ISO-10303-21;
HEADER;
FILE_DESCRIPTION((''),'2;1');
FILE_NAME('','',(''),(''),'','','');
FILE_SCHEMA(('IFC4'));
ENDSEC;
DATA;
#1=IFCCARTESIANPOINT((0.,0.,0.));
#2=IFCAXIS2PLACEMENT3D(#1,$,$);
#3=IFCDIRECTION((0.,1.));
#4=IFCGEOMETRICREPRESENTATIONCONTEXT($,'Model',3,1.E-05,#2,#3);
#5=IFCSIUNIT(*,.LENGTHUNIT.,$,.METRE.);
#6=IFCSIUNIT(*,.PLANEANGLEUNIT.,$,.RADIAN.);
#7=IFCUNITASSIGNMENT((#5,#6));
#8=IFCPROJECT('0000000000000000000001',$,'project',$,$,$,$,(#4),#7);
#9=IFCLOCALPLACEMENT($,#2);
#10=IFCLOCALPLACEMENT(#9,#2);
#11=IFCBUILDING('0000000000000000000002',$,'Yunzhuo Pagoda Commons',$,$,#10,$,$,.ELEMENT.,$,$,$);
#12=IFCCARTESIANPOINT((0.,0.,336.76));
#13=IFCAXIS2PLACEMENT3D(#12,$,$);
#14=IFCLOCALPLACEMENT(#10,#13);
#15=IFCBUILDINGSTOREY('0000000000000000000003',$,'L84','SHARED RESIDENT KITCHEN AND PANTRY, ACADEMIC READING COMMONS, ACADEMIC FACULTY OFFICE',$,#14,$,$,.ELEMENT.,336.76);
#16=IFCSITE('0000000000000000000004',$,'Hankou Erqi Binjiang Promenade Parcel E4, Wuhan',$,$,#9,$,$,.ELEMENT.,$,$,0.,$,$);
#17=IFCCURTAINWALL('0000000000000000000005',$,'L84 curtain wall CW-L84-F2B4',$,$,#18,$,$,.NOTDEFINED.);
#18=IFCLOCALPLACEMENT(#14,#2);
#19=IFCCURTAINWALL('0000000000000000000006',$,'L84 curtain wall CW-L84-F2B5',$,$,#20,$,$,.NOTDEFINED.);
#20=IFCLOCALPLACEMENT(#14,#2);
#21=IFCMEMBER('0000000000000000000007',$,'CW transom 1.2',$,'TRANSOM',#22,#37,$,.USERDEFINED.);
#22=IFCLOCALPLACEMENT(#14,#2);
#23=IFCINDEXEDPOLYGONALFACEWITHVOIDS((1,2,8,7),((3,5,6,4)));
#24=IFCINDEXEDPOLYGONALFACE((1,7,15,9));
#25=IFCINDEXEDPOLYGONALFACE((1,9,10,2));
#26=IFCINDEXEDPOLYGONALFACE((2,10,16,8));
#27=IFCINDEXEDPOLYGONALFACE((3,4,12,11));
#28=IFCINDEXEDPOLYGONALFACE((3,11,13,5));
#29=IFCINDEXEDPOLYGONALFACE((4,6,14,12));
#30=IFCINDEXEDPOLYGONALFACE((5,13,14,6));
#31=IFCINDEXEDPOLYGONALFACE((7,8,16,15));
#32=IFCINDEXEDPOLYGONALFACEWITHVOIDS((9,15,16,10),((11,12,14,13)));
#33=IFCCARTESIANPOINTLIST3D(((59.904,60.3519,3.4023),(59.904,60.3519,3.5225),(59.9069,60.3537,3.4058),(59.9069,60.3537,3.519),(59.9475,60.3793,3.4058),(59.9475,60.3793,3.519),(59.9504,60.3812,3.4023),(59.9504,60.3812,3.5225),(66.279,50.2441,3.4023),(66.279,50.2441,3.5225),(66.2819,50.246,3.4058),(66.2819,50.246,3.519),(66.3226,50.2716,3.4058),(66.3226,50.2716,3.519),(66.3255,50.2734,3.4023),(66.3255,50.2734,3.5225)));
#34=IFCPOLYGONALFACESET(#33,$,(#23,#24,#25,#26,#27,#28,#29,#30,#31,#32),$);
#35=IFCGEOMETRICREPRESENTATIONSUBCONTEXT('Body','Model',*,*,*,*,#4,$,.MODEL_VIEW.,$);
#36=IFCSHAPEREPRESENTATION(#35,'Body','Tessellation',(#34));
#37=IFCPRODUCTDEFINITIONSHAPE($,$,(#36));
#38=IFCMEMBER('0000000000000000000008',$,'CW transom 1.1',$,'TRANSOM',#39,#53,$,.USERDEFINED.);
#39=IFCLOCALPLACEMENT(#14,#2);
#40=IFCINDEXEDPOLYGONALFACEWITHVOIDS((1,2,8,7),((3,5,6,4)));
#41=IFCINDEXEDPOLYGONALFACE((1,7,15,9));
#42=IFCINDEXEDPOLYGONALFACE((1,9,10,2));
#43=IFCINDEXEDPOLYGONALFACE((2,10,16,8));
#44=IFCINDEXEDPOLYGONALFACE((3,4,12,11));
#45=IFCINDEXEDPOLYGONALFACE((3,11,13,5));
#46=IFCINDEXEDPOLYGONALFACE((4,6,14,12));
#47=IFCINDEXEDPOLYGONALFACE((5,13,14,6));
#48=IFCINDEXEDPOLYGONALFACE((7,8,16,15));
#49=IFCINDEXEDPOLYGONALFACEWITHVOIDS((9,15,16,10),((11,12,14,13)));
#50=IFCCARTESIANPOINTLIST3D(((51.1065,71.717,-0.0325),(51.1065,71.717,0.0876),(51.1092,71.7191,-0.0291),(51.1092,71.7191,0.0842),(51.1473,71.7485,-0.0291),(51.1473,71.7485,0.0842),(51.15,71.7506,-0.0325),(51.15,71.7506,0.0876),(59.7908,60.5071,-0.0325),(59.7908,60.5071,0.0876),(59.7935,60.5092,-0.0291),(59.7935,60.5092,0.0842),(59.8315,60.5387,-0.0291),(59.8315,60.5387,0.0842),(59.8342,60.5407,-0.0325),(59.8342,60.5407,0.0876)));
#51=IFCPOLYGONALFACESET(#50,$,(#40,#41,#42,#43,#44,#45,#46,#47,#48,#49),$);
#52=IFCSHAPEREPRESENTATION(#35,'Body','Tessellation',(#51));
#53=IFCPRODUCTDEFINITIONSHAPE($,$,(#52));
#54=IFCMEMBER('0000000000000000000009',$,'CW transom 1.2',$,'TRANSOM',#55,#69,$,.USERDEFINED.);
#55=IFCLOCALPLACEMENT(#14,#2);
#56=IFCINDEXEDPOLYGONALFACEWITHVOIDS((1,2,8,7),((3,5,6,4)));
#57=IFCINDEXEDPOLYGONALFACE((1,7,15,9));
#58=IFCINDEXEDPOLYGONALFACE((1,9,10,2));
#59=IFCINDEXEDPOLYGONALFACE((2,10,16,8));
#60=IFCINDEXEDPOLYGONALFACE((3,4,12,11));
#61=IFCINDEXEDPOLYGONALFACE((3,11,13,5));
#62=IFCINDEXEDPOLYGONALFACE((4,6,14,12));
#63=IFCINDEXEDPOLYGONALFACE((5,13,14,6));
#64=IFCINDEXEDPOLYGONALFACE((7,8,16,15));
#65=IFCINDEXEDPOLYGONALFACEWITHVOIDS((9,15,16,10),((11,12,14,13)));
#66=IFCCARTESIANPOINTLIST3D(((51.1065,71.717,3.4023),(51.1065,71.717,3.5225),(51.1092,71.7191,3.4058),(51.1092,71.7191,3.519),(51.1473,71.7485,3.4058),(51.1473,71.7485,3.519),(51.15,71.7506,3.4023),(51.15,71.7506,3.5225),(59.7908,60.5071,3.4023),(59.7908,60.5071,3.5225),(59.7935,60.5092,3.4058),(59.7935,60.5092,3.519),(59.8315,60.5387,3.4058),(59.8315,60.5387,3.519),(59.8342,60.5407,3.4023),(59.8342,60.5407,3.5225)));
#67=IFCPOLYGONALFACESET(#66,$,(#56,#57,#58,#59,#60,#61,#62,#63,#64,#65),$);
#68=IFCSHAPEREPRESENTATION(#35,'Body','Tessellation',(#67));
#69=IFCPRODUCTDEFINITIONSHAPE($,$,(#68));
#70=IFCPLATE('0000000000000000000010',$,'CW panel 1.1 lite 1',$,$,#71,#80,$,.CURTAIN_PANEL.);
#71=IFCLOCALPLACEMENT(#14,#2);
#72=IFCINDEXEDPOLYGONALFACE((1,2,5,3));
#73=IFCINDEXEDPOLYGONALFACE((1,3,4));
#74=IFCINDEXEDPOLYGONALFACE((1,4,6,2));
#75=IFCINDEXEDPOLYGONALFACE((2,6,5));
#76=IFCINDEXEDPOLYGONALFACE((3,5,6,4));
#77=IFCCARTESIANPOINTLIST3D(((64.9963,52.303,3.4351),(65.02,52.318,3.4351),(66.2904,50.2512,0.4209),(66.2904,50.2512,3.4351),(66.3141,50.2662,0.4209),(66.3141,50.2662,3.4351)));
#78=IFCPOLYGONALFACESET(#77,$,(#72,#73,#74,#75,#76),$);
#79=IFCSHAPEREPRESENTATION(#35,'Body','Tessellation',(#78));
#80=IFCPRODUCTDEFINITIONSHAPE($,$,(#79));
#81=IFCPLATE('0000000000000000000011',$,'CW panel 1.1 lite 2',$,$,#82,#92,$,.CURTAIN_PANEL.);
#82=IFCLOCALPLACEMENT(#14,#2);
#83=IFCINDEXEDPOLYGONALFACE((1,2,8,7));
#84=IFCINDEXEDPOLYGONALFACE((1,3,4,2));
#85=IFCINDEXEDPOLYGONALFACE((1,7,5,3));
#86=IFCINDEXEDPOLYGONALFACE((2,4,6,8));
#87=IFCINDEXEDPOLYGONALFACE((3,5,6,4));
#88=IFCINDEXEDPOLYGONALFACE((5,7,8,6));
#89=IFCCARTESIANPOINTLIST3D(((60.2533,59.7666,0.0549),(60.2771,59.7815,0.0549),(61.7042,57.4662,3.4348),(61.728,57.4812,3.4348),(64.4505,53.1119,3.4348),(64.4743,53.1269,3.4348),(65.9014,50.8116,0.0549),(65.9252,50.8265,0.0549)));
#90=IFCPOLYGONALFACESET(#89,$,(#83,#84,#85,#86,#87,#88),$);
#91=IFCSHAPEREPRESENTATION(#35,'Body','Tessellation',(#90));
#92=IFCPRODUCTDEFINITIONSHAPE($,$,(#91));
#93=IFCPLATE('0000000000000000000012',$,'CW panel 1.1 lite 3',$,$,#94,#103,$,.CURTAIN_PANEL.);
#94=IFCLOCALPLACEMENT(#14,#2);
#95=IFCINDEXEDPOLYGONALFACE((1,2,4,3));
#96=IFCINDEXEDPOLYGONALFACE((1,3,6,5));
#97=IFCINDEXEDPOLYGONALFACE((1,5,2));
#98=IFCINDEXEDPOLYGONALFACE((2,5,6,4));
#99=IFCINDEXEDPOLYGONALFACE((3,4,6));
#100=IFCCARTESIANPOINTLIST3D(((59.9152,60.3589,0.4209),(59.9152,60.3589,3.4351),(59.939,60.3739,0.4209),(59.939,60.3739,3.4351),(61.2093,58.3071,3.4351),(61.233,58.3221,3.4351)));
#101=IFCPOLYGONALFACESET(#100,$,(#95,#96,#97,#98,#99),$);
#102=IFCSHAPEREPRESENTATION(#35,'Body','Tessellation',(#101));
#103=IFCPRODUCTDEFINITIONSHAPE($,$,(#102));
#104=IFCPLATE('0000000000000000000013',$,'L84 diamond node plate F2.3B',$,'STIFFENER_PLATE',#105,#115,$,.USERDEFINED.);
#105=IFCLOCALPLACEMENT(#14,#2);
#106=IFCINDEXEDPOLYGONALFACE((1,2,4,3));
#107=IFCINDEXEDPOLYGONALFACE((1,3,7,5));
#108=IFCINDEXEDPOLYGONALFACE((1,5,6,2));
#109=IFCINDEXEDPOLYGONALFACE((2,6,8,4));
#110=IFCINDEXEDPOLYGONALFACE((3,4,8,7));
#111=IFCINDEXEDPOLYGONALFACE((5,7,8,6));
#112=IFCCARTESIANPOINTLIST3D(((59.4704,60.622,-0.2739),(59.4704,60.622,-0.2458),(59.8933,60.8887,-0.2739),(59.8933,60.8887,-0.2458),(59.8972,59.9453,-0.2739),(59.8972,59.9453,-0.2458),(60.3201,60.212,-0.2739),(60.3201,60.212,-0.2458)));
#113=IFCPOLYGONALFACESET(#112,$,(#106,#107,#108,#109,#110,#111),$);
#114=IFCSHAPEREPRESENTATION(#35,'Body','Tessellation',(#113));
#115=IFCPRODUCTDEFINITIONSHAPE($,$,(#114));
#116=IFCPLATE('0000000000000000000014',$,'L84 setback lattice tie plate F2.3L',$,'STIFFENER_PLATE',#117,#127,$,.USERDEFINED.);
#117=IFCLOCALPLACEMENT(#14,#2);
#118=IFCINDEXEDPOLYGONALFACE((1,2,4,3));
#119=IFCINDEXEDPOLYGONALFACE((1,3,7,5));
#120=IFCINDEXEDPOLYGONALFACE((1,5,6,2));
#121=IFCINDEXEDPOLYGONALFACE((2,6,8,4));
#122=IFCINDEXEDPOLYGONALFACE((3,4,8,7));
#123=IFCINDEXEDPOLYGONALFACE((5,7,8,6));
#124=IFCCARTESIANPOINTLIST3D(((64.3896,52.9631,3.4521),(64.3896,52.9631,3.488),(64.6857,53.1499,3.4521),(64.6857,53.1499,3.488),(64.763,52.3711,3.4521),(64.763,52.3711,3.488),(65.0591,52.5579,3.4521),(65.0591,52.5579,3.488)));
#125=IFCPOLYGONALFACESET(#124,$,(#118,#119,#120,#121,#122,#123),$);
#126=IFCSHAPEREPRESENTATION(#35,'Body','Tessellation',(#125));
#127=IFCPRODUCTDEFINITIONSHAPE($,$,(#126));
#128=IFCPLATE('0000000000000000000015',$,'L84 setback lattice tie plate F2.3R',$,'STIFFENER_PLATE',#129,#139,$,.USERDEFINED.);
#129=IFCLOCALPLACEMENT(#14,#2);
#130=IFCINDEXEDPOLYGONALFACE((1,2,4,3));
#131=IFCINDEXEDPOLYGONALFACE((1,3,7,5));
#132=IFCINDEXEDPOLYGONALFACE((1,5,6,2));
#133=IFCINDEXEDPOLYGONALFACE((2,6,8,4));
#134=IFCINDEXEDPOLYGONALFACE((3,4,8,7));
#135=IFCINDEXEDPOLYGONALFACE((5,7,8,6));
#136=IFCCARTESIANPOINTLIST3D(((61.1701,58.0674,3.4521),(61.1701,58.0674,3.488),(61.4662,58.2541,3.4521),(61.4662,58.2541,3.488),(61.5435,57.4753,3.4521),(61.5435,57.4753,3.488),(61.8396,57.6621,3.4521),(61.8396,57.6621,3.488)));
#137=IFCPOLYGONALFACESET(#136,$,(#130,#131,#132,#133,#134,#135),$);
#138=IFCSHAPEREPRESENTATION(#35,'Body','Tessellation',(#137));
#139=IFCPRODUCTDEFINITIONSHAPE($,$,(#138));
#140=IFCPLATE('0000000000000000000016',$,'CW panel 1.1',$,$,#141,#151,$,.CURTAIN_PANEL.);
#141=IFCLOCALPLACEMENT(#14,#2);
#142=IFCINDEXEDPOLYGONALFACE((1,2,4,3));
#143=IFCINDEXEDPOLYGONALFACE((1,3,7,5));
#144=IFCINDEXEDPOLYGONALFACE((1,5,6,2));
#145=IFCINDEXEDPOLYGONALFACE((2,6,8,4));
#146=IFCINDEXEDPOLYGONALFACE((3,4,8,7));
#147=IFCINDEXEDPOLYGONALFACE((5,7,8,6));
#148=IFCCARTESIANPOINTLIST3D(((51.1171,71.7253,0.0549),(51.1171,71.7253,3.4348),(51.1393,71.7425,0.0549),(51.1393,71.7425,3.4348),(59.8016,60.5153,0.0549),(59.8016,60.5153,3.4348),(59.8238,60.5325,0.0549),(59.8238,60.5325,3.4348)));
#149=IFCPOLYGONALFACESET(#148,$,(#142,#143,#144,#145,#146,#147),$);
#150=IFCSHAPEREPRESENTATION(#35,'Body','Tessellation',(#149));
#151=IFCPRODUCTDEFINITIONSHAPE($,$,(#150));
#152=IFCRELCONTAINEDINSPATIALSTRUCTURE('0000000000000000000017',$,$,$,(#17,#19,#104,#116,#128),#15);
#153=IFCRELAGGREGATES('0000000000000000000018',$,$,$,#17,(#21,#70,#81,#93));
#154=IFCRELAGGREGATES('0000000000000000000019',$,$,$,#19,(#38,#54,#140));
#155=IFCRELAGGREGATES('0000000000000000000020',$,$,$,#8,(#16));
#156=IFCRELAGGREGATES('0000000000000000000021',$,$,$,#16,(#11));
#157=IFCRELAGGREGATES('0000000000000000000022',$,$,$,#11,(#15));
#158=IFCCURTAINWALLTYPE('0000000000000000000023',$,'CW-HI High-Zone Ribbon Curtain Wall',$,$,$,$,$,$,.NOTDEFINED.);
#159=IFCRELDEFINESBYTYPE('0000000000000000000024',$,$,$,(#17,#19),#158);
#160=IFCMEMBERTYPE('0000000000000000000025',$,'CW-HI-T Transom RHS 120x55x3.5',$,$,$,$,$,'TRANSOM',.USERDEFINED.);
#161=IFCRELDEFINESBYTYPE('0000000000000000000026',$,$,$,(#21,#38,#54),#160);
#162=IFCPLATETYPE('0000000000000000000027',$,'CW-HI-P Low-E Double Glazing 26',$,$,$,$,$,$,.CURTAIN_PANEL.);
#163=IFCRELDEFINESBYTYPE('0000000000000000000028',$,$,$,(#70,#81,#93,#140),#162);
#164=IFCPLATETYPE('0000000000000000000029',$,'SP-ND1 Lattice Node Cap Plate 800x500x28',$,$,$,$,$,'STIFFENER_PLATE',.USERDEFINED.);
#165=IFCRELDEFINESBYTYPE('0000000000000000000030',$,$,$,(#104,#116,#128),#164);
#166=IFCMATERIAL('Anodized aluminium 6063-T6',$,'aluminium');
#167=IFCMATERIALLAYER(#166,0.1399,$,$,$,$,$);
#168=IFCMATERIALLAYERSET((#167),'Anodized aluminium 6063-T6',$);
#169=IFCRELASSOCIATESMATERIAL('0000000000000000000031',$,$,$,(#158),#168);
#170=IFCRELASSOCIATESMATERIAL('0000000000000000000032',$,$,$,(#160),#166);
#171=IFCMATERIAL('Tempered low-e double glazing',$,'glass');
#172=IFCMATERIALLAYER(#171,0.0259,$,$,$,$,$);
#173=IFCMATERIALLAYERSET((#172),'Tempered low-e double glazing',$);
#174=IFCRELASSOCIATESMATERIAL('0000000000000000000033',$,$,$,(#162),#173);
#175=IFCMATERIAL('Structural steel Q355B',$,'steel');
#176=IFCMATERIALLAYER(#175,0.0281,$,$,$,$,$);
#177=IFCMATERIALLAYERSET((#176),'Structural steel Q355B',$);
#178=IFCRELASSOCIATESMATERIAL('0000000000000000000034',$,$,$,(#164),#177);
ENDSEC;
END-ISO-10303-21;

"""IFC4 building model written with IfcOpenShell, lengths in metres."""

from ifc_helpers import new_model, si_unit, direction, frame, origin, origin_2d, place, context, subcontext, project, spatial, polyline, rectangle, hollow_rectangle, outline, extrude, source, transform, mapped, material, layer, layer_set, material_profile, profile_set, type_object, element, aggregate, save


model = new_model("IFC4")

# Units and contexts
model_context = context("Model", 3, precision=1e-05, world=origin(), true_north=direction((0.0, 1.0)))
body_context = subcontext(model_context, "Body", "Model", "MODEL_VIEW")
ifc_project = project(units=[si_unit("LENGTHUNIT", "METRE"), si_unit("PLANEANGLEUNIT", "RADIAN")], contexts=[model_context])

# Site, building, storey
site_placement = place(None, origin())
site = spatial("IfcSite", under=ifc_project, at=site_placement, Name="Hankou Erqi Binjiang Promenade Parcel E4, Wuhan", CompositionType="ELEMENT", RefElevation=0.0)
building_placement = place(site_placement, origin())
building = spatial("IfcBuilding", under=site, at=building_placement, Name="Yunzhuo Pagoda Commons", CompositionType="ELEMENT")
storey_placement = place(building_placement, frame((0.0, 0.0, 336.76)))
storey = spatial("IfcBuildingStorey", under=building, at=storey_placement, Name="L84", Description="SHARED RESIDENT KITCHEN AND PANTRY, ACADEMIC READING COMMONS, ACADEMIC FACULTY OFFICE", CompositionType="ELEMENT", Elevation=336.76)

# Shared definitions
ifc_material_1 = material(Name="Structural steel Q355B", Category="steel")

# Curtain wall
ifc_material_2 = material(Name="Anodized aluminium 6063-T6", Category="aluminium")
ifc_layer_1 = layer(ifc_material_2, 0.1399)
ifc_layer_set_1 = layer_set([ifc_layer_1], Name="Anodized aluminium 6063-T6")
curtain_wall_type = type_object("IfcCurtainWallType", Name="CW-HI High-Zone Ribbon Curtain Wall", PredefinedType="NOTDEFINED", material=ifc_layer_set_1)
curtain_wall_1_placement = place(storey_placement, origin())
curtain_wall_1 = element("IfcCurtainWall", 1, at=curtain_wall_1_placement, inside=storey, type_object=curtain_wall_type, Name="L84 curtain wall CW-L84-F2B4", PredefinedType="NOTDEFINED")

# Curtain wall
curtain_wall_2_placement = place(storey_placement, origin())
curtain_wall_2 = element("IfcCurtainWall", 2, at=curtain_wall_2_placement, inside=storey, type_object=curtain_wall_type, Name="L84 curtain wall CW-L84-F2B5", PredefinedType="NOTDEFINED")

# Members
ifc_material_profile_1 = material_profile(ifc_material_2, hollow_rectangle(XDim=0.0549, YDim=0.1201, WallThickness=0.0034, at=origin_2d()), Name="Anodized aluminium 6063-T6")
ifc_profile_set_1 = profile_set([ifc_material_profile_1], Name="Anodized aluminium 6063-T6")
member_type_1 = type_object("IfcMemberType", Name="CW-HI-T Transom RHS 120x55x3.5", ElementType="TRANSOM", PredefinedType="USERDEFINED", material=ifc_profile_set_1)
shared_shape_1 = source(origin(), body_context, "Body", "SweptSolid", [
    extrude(hollow_rectangle(XDim=0.0549, YDim=0.1201, WallThickness=0.0034, at=origin_2d()), origin(), (0.0, 0.0, 1.0), 11.9502),
])
member_1_placement = place(storey_placement, frame((66.3022, 50.2588, 3.4624), z_axis=(-0.533467, 0.845821, 0.0), x_axis=(-0.845821, -0.533467, 0.0)))
member_1 = element("IfcMember", 3, at=member_1_placement, type_object=member_type_1, Name="CW transom 1.2", ObjectType="TRANSOM", PredefinedType="USERDEFINED", context=body_context, shape_type="MappedRepresentation", body=[
    mapped(shared_shape_1, transform((0.0, 0.0, 0.0), scale=1.0)),
])
shared_shape_2 = source(origin(), body_context, "Body", "SweptSolid", [
    extrude(hollow_rectangle(XDim=0.0549, YDim=0.1201, WallThickness=0.0034, at=origin_2d()), origin(), (0.0, 0.0, 1.0), 14.1802),
])
member_2_placement = place(storey_placement, frame((59.8125, 60.5239, 0.0276), z_axis=(-0.612422, 0.790531, 0.0), x_axis=(-0.790531, -0.612422, 0.0)))
member_2 = element("IfcMember", 4, at=member_2_placement, type_object=member_type_1, Name="CW transom 1.1", ObjectType="TRANSOM", PredefinedType="USERDEFINED", context=body_context, shape_type="MappedRepresentation", body=[
    mapped(shared_shape_2, transform((0.0, 0.0, 0.0), scale=1.0)),
])
member_3_placement = place(storey_placement, frame((59.8125, 60.5239, 3.4624), z_axis=(-0.612422, 0.790531, 0.0), x_axis=(-0.790531, -0.612422, 0.0)))
member_3 = element("IfcMember", 5, at=member_3_placement, type_object=member_type_1, Name="CW transom 1.2", ObjectType="TRANSOM", PredefinedType="USERDEFINED", context=body_context, shape_type="MappedRepresentation", body=[
    mapped(shared_shape_2, transform((0.0, 0.0, 0.0), scale=1.0)),
])

# Plates
ifc_material_3 = material(Name="Tempered low-e double glazing", Category="glass")
ifc_layer_2 = layer(ifc_material_3, 0.0259)
ifc_layer_set_2 = layer_set([ifc_layer_2], Name="Tempered low-e double glazing")
plate_type_1 = type_object("IfcPlateType", Name="CW-HI-P Low-E Double Glazing 26", PredefinedType="CURTAIN_PANEL", material=ifc_layer_set_2)
plate_1_placement = place(storey_placement, frame((65.6433, 51.2771, 1.928), z_axis=(0.845818, 0.533472, 0.0), x_axis=(-0.533472, 0.845818, 0.0)))
plate_1 = element("IfcPlate", 6, at=plate_1_placement, type_object=plate_type_1, Name="CW panel 1.1 lite 1", PredefinedType="CURTAIN_PANEL", context=body_context, shape_type="SweptSolid", body=[
    extrude(outline(polyline([(-1.2129, -1.5071), (1.2129, 1.5071), (-1.2129, 1.5071), (-1.2129, -1.5071)])), origin(), (0.0, 0.0, 1.0), 0.0281),
])
plate_2_placement = place(storey_placement, frame((63.0774, 55.2891, 1.7449), z_axis=(0.845818, 0.533472, 0.0), x_axis=(-0.533472, 0.845818, 0.0)))
plate_2 = element("IfcPlate", 7, at=plate_2_placement, type_object=plate_type_1, Name="CW panel 1.1 lite 2", PredefinedType="CURTAIN_PANEL", context=body_context, shape_type="SweptSolid", body=[
    extrude(outline(polyline([(-5.2937, -1.6899), (5.2937, -1.6899), (2.574, 1.6899), (-2.574, 1.6899), (-5.2937, -1.6899)])), origin(), (0.0, 0.0, 1.0), 0.0281),
])
plate_3_placement = place(storey_placement, frame((60.5623, 59.333, 1.928), z_axis=(0.845818, 0.533472, 0.0), x_axis=(-0.533472, 0.845818, 0.0)))
plate_3 = element("IfcPlate", 8, at=plate_3_placement, type_object=plate_type_1, Name="CW panel 1.1 lite 3", PredefinedType="CURTAIN_PANEL", context=body_context, shape_type="SweptSolid", body=[
    extrude(outline(polyline([(-1.2129, 1.5071), (1.2129, -1.5071), (1.2129, 1.5071), (-1.2129, 1.5071)])), origin(), (0.0, 0.0, 1.0), 0.0281),
])
aggregate(curtain_wall_1, [member_1, plate_1, plate_2, plate_3])

# Plates
ifc_layer_3 = layer(ifc_material_1, 0.0281)
ifc_layer_set_3 = layer_set([ifc_layer_3], Name="Structural steel Q355B")
plate_type_2 = type_object("IfcPlateType", Name="SP-ND1 Lattice Node Cap Plate 800x500x28", ElementType="STIFFENER_PLATE", PredefinedType="USERDEFINED", material=ifc_layer_set_3)
shared_shape_3 = source(origin(), body_context, "Body", "SweptSolid", [
    extrude(rectangle(XDim=0.8, YDim=0.5, at=origin_2d()), origin(), (0.0, 0.0, 1.0), 0.0281),
])
plate_4_placement = place(storey_placement, frame((59.8953, 60.417, -0.2739), z_axis=(0.0, 0.0, 1.0), x_axis=(-0.533467, 0.845821, 0.0)))
element("IfcPlate", 9, at=plate_4_placement, inside=storey, type_object=plate_type_2, Name="L84 diamond node plate F2.3B", ObjectType="STIFFENER_PLATE", PredefinedType="USERDEFINED", context=body_context, shape_type="MappedRepresentation", body=[
    mapped(shared_shape_3, transform((0.0, 0.0, 0.0), scale=1.0)),
])
shared_shape_4 = source(origin(), body_context, "Body", "SweptSolid", [
    extrude(rectangle(XDim=0.7, YDim=0.3501, at=origin_2d()), origin(), (0.0, 0.0, 1.0), 0.0359),
])
for number, where, z_axis, x_axis, name in (
    (10, (64.7244, 52.7605, 3.4521), (0.0, 0.0, 1.0), (-0.533467, 0.845821, 0.0), "L84 setback lattice tie plate F2.3L"),
    (11, (61.5049, 57.8647, 3.4521), (0.0, 0.0, 1.0), (-0.533467, 0.845821, 0.0), "L84 setback lattice tie plate F2.3R"),
):
    element("IfcPlate", number, at=place(storey_placement, frame(where, z_axis=z_axis, x_axis=x_axis)), inside=storey, type_object=plate_type_2, Name=name, ObjectType="STIFFENER_PLATE", PredefinedType="USERDEFINED", context=body_context, shape_type="MappedRepresentation", body=[
        mapped(shared_shape_4, transform((0.0, 0.0, 0.0), scale=1.0)),
    ])

# Plate
shared_shape_5 = source(origin(), body_context, "Body", "SweptSolid", [
    extrude(rectangle(XDim=14.1804, YDim=0.0281, at=origin_2d()), origin(), (0.0, 0.0, 1.0), 3.3799),
])
plate_5_placement = place(storey_placement, frame((55.4705, 66.1289, 0.0549), z_axis=(0.0, 0.0, 1.0), x_axis=(-0.612427, 0.790527, 0.0)))
plate_5 = element("IfcPlate", 12, at=plate_5_placement, type_object=plate_type_1, Name="CW panel 1.1", PredefinedType="CURTAIN_PANEL", context=body_context, shape_type="MappedRepresentation", body=[
    mapped(shared_shape_5, transform((0.0, 0.0, 0.0), scale=1.0)),
])
aggregate(curtain_wall_2, [member_2, member_3, plate_5])

save(model, "model.ifc")
